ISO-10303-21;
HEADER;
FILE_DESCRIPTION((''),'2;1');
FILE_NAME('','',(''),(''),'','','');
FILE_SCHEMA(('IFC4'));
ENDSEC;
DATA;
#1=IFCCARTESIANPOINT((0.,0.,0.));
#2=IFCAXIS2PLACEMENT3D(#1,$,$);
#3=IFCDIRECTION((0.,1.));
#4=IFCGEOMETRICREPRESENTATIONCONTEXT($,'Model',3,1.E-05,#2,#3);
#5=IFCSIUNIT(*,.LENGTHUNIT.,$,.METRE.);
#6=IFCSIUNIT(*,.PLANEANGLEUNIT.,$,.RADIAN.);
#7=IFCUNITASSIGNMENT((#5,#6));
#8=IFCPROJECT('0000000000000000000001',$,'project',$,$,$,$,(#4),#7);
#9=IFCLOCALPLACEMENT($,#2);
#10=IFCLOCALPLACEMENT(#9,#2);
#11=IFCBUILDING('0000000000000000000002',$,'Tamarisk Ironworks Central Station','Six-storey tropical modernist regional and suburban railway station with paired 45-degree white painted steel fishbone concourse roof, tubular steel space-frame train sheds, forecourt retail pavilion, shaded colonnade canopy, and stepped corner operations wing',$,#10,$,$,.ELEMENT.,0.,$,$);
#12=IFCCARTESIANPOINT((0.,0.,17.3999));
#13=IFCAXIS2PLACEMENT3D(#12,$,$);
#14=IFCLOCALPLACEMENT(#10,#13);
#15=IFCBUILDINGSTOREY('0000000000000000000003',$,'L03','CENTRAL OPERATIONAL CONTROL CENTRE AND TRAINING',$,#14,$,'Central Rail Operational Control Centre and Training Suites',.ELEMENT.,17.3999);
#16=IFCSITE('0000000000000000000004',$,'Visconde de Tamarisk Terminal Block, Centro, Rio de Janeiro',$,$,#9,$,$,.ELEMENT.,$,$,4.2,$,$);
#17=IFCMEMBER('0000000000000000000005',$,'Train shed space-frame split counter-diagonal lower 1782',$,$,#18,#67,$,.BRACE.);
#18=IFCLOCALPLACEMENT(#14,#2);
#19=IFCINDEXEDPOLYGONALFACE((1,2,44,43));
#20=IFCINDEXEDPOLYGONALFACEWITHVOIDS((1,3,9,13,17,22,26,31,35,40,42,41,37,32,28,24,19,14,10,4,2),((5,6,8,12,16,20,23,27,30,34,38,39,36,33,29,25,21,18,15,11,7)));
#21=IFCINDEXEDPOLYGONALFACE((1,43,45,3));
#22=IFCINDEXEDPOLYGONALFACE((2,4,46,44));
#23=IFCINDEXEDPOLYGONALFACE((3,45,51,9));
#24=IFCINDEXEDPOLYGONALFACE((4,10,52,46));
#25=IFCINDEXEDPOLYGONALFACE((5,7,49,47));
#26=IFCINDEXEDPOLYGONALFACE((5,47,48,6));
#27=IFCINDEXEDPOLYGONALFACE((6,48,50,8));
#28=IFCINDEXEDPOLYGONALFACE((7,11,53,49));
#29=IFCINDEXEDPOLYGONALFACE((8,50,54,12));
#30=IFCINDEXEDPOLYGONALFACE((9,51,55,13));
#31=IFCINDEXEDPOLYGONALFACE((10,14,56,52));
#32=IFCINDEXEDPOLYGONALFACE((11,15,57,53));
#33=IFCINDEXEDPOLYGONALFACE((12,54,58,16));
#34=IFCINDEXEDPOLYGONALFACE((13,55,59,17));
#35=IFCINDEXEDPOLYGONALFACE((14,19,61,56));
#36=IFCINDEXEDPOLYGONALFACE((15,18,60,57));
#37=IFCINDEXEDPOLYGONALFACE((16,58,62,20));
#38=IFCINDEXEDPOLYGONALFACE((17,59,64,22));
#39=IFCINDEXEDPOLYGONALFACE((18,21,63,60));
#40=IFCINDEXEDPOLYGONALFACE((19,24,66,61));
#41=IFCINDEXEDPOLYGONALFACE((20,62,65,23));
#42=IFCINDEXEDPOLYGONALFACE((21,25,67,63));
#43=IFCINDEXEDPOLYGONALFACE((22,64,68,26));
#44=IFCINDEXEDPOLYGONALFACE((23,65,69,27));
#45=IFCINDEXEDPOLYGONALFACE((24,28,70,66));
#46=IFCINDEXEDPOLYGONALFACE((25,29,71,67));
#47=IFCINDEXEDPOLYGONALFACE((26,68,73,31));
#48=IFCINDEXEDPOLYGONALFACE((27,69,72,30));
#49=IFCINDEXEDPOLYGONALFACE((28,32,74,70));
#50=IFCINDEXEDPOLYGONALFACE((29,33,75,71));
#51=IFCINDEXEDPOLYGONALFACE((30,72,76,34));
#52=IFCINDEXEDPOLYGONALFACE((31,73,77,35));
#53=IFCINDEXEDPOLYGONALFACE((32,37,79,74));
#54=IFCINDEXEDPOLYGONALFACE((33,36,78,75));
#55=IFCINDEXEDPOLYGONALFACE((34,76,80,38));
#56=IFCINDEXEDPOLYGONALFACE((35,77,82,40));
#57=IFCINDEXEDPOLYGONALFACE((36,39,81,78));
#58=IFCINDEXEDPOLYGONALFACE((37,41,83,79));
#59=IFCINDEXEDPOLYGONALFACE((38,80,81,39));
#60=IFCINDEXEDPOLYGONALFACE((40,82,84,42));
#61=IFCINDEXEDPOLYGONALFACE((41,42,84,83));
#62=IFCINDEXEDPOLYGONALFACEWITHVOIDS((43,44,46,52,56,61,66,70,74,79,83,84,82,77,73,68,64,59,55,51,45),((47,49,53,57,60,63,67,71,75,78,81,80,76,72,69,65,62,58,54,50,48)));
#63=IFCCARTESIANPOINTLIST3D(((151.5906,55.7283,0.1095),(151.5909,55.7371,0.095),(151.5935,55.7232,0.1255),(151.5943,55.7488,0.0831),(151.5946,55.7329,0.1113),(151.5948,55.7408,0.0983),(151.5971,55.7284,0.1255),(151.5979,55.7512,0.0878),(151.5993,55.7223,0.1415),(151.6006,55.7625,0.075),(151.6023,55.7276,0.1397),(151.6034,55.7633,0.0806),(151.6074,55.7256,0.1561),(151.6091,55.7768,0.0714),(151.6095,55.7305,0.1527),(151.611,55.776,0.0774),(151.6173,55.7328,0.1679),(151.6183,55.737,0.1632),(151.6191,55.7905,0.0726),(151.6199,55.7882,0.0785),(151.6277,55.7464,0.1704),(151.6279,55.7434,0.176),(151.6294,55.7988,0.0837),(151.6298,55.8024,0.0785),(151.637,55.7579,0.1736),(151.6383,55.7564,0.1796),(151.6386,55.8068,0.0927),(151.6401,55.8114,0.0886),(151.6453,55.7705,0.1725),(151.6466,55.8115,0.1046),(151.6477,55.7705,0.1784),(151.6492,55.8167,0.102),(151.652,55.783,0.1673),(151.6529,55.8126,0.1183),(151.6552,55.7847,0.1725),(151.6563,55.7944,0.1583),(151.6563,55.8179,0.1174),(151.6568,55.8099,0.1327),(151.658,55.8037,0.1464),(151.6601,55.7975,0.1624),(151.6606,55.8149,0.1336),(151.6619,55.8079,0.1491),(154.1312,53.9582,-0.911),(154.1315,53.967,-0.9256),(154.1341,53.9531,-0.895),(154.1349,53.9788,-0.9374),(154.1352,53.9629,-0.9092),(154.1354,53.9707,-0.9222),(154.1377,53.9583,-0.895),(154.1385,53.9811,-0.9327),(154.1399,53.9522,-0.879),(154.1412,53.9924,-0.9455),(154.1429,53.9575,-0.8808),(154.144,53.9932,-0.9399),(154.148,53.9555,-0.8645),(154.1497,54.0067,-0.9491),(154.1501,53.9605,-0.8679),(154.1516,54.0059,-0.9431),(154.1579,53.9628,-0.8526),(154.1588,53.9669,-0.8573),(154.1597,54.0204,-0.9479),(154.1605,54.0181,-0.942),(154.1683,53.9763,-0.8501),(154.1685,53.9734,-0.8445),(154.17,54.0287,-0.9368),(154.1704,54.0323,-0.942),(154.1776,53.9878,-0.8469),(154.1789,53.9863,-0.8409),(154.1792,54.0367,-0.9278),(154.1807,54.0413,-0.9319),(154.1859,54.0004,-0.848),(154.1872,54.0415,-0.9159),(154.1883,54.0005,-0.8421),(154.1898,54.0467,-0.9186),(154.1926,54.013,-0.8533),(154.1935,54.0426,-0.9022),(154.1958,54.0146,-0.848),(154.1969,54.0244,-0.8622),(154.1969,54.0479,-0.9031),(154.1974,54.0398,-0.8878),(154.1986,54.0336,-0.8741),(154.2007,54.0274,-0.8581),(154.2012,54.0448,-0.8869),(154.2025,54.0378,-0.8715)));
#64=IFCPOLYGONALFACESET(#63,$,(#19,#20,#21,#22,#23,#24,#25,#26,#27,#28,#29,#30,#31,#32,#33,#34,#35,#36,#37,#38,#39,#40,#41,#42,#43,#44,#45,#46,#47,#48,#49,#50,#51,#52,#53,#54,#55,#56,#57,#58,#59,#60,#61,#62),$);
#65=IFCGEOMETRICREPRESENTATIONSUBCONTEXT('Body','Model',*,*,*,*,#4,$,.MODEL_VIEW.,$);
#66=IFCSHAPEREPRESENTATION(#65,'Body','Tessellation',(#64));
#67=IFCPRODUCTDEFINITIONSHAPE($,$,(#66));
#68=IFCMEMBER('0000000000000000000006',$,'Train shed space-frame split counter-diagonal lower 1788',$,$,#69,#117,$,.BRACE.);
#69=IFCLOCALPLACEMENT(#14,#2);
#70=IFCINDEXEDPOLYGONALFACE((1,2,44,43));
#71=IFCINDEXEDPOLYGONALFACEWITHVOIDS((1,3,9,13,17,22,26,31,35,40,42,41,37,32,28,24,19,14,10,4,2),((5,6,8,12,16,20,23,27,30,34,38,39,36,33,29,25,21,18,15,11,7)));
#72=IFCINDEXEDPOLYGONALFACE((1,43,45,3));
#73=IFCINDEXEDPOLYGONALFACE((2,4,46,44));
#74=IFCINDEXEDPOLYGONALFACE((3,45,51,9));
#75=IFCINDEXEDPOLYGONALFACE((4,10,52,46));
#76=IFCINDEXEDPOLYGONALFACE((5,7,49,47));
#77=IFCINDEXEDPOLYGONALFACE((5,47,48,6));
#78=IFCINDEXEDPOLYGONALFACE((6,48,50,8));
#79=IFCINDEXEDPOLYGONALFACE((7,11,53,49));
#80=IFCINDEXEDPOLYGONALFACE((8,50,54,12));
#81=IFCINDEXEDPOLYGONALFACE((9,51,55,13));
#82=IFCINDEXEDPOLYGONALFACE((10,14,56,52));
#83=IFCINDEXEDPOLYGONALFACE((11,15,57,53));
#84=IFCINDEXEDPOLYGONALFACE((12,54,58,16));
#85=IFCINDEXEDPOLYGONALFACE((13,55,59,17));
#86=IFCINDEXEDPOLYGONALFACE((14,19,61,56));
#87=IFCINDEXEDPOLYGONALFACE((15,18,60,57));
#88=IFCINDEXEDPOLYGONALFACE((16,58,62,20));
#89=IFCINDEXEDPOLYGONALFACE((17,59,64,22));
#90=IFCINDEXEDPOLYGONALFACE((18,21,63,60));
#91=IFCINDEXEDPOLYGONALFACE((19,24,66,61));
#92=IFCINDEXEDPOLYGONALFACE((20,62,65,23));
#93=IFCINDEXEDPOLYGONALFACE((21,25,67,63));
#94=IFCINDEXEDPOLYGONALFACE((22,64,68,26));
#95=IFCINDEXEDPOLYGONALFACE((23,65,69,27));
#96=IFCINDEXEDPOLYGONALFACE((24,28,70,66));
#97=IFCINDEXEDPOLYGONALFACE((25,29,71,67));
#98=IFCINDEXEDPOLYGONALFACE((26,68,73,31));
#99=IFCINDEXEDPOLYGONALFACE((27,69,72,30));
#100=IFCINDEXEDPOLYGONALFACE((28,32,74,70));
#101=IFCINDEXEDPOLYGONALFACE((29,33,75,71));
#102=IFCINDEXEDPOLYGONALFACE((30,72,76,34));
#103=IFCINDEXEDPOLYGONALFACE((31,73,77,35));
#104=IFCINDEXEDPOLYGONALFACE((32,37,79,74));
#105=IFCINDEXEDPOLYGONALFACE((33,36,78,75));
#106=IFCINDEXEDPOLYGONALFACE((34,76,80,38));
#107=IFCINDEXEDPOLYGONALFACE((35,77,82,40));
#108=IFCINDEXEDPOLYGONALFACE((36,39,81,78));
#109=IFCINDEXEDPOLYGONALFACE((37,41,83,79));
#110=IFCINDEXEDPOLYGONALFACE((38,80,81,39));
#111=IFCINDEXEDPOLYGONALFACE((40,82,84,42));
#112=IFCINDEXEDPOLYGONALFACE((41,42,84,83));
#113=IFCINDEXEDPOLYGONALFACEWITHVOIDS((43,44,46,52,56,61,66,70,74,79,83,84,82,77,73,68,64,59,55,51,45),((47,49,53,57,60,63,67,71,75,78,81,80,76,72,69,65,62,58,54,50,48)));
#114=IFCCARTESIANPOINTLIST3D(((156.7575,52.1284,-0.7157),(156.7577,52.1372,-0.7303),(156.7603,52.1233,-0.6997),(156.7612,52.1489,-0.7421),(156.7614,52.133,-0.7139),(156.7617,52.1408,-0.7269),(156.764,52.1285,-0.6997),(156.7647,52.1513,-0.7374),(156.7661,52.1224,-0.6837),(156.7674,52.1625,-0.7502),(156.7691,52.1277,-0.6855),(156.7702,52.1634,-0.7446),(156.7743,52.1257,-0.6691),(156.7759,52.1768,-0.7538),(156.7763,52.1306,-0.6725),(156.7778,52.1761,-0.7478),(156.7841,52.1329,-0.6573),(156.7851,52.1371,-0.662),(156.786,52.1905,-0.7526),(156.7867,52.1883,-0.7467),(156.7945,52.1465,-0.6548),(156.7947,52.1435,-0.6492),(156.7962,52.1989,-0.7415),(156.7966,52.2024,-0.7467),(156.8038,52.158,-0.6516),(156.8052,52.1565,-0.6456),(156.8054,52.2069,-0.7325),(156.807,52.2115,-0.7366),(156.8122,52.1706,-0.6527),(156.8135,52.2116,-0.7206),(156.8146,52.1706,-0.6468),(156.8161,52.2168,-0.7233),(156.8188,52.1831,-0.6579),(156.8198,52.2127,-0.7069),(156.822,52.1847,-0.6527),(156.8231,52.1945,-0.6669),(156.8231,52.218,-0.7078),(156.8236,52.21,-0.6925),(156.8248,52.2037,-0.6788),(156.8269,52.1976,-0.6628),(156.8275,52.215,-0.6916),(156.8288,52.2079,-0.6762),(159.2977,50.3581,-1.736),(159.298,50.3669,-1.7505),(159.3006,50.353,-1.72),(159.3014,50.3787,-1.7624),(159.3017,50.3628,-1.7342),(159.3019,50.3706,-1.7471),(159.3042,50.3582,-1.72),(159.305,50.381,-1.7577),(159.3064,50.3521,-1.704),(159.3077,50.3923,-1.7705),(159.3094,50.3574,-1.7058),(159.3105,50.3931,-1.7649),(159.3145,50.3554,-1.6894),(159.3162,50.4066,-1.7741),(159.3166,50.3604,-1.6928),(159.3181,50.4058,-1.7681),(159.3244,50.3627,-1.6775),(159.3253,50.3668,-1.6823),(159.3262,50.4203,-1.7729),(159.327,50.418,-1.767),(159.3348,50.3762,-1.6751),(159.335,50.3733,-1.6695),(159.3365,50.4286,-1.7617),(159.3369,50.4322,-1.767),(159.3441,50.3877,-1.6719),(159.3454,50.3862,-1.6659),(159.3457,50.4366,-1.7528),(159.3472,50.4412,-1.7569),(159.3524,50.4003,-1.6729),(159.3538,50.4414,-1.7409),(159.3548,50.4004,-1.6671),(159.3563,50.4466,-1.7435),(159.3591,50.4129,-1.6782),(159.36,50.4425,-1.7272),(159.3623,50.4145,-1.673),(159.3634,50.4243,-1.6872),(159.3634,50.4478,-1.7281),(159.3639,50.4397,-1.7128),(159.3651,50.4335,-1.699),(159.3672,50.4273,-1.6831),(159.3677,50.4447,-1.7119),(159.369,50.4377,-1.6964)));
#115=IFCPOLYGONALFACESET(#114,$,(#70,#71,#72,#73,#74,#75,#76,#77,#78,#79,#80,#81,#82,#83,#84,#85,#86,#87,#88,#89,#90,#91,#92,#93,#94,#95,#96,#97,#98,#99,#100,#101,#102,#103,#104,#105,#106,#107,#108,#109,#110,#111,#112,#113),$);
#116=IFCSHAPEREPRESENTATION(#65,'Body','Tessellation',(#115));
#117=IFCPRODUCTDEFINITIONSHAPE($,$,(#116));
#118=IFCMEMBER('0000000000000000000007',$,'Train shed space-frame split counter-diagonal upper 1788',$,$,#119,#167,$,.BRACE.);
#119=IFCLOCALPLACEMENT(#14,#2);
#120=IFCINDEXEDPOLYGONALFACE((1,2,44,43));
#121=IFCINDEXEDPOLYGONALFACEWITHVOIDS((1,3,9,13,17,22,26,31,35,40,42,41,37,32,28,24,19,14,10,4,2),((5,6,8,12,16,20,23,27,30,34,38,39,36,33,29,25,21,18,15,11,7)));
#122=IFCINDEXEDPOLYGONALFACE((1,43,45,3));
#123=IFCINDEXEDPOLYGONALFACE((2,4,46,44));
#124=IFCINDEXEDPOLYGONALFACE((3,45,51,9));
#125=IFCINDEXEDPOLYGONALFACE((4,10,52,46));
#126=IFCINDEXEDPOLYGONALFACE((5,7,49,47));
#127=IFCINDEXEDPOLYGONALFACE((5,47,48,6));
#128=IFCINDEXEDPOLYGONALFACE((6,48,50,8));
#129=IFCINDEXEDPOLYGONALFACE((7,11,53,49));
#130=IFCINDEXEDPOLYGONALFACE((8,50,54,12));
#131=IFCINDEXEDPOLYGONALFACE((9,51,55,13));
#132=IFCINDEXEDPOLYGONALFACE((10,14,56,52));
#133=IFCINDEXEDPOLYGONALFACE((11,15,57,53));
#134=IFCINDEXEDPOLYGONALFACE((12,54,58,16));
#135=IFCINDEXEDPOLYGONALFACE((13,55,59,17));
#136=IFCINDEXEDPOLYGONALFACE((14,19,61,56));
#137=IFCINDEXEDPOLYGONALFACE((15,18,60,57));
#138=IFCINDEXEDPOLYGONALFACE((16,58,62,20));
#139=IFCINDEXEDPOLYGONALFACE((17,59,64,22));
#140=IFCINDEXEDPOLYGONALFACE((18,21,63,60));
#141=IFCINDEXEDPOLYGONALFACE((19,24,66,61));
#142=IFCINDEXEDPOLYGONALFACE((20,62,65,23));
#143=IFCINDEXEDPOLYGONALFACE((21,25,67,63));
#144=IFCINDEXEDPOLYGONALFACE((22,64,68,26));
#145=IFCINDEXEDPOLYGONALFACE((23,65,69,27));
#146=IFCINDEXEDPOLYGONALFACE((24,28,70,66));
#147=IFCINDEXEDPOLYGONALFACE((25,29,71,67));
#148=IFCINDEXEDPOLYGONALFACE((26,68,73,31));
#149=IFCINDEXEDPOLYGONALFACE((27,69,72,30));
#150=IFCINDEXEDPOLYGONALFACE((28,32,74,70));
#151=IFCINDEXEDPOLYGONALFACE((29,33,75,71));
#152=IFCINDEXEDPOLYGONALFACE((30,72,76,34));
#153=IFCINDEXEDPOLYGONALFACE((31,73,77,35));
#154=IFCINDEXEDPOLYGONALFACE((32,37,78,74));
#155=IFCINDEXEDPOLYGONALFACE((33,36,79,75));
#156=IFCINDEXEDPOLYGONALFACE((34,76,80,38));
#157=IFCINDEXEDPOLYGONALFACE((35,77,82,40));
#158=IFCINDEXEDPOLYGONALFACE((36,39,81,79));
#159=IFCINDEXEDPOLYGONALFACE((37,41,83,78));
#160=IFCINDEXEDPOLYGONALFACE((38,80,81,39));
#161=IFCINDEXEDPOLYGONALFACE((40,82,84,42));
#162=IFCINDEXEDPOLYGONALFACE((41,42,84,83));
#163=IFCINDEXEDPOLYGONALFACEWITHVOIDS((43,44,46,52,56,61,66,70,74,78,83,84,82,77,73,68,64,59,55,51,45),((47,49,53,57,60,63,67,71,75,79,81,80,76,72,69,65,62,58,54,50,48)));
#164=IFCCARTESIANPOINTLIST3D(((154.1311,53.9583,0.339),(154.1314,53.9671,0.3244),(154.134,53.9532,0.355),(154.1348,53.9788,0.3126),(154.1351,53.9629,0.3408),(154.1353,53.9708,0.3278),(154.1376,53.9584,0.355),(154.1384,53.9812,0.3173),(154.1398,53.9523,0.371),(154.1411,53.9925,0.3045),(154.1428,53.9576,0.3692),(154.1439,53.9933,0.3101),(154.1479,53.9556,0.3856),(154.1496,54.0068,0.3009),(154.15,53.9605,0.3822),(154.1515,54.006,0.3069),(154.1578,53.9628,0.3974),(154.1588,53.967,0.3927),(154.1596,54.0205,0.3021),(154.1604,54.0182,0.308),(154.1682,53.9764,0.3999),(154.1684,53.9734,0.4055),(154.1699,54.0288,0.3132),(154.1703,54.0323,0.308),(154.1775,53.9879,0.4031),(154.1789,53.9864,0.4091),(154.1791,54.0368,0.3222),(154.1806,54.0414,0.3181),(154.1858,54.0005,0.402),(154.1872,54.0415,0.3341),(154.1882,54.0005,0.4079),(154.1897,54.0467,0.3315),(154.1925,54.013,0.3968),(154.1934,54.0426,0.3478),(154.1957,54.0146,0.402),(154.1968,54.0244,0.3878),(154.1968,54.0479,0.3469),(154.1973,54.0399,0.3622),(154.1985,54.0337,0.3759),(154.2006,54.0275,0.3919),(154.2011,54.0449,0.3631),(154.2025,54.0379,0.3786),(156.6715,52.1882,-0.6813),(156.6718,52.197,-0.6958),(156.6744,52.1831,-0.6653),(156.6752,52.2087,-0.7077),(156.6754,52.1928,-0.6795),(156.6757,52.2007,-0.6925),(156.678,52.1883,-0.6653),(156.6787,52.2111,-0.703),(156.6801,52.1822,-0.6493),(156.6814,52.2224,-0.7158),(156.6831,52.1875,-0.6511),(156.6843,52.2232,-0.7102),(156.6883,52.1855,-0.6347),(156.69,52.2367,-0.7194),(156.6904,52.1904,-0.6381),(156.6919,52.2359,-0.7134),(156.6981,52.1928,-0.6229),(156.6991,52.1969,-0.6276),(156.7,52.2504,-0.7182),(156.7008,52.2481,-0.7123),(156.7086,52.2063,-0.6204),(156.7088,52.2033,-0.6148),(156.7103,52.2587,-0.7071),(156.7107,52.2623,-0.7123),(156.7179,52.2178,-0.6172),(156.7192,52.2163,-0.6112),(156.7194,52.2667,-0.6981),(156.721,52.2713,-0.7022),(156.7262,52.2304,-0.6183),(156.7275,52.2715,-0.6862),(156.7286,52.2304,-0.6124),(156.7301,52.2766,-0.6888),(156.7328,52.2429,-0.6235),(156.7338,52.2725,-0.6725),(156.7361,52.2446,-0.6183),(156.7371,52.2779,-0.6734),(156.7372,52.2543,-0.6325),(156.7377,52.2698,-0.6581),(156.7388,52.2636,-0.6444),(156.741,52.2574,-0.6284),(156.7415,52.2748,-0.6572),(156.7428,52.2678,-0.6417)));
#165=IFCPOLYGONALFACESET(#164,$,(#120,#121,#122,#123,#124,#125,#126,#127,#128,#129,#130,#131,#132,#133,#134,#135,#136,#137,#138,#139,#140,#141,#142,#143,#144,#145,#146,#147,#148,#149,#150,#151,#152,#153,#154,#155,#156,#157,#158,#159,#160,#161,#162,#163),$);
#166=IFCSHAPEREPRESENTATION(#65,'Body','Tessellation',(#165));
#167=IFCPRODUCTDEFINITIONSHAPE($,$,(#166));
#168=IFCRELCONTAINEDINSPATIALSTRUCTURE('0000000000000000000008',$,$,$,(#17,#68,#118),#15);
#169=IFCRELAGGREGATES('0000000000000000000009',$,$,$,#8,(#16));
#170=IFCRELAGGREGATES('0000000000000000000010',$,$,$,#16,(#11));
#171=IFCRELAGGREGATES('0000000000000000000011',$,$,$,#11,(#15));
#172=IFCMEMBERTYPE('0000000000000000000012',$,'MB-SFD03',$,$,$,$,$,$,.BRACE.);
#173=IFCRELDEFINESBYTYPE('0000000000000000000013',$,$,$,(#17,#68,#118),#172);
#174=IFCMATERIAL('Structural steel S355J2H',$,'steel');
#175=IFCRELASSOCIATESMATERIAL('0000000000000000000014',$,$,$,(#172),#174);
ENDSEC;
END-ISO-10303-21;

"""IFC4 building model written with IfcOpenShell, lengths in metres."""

from ifc_helpers import new_model, si_unit, direction, frame, origin, origin_2d, place, context, subcontext, project, spatial, hollow_circle, extrude, material, material_profile, profile_set, type_object, element, save


model = new_model("IFC4")

# Units and contexts
model_context = context("Model", 3, precision=1e-05, world=origin(), true_north=direction((0.0, 1.0)))
body_context = subcontext(model_context, "Body", "Model", "MODEL_VIEW")
ifc_project = project(units=[si_unit("LENGTHUNIT", "METRE"), si_unit("PLANEANGLEUNIT", "RADIAN")], contexts=[model_context])

# Site, building, storey
site_placement = place(None, origin())
site = spatial("IfcSite", under=ifc_project, at=site_placement, Name="Visconde de Tamarisk Terminal Block, Centro, Rio de Janeiro", CompositionType="ELEMENT", RefElevation=4.2)
building_placement = place(site_placement, origin())
building = spatial("IfcBuilding", under=site, at=building_placement, Name="Tamarisk Ironworks Central Station", Description="Six-storey tropical modernist regional and suburban railway station with paired 45-degree white painted steel fishbone concourse roof, tubular steel space-frame train sheds, forecourt retail pavilion, shaded colonnade canopy, and stepped corner operations wing", CompositionType="ELEMENT", ElevationOfRefHeight=0.0)
storey_placement = place(building_placement, frame((0.0, 0.0, 17.3999)))
storey = spatial("IfcBuildingStorey", under=building, at=storey_placement, Name="L03", Description="CENTRAL OPERATIONAL CONTROL CENTRE AND TRAINING", LongName="Central Rail Operational Control Centre and Training Suites", CompositionType="ELEMENT", Elevation=17.3999)

# Members
ifc_material = material(Name="Structural steel S355J2H", Category="steel")
ifc_material_profile_1 = material_profile(ifc_material, hollow_circle(Radius=0.0571, WallThickness=0.0063, at=origin_2d()), Name="CHS 114.3x6.3")
ifc_profile_set_1 = profile_set([ifc_material_profile_1], Name="Structural steel S355J2H")
member_type_1 = type_object("IfcMemberType", Name="MB-SFD03", PredefinedType="BRACE", material=ifc_profile_set_1)
for number, where, z_axis, x_axis, name in (
    (1, (154.1667, 54.0, -0.895), (-0.779263, 0.542923, 0.313023), (-0.571651, -0.820497, 0.0), "Train shed space-frame split counter-diagonal lower 1782"),
):
    element("IfcMember", number, at=place(storey_placement, frame(where, z_axis=z_axis, x_axis=x_axis)), inside=storey, type_object=member_type_1, Name=name, PredefinedType="BRACE", context=body_context, shape_type="SweptSolid", body=[
        extrude(hollow_circle(Radius=0.0571, WallThickness=0.0063, at=origin_2d()), origin(), (0.0, 0.0, 1.0), 3.2603),
    ])
for number, where, z_axis, x_axis, name in (
    (2, (159.3333, 50.3999, -1.72), (-0.77922, 0.54302, 0.312961), (-0.571741, -0.820434, 0.0), "Train shed space-frame split counter-diagonal lower 1788"),
    (3, (156.707, 52.23, -0.6653), (-0.779252, 0.542967, 0.312974), (-0.571688, -0.820471, 0.0), "Train shed space-frame split counter-diagonal upper 1788"),
):
    element("IfcMember", number, at=place(storey_placement, frame(where, z_axis=z_axis, x_axis=x_axis)), inside=storey, type_object=member_type_1, Name=name, PredefinedType="BRACE", context=body_context, shape_type="SweptSolid", body=[
        extrude(hollow_circle(Radius=0.0571, WallThickness=0.0063, at=origin_2d()), origin(), (0.0, 0.0, 1.0), 3.26),
    ])

save(model, "model.ifc")
